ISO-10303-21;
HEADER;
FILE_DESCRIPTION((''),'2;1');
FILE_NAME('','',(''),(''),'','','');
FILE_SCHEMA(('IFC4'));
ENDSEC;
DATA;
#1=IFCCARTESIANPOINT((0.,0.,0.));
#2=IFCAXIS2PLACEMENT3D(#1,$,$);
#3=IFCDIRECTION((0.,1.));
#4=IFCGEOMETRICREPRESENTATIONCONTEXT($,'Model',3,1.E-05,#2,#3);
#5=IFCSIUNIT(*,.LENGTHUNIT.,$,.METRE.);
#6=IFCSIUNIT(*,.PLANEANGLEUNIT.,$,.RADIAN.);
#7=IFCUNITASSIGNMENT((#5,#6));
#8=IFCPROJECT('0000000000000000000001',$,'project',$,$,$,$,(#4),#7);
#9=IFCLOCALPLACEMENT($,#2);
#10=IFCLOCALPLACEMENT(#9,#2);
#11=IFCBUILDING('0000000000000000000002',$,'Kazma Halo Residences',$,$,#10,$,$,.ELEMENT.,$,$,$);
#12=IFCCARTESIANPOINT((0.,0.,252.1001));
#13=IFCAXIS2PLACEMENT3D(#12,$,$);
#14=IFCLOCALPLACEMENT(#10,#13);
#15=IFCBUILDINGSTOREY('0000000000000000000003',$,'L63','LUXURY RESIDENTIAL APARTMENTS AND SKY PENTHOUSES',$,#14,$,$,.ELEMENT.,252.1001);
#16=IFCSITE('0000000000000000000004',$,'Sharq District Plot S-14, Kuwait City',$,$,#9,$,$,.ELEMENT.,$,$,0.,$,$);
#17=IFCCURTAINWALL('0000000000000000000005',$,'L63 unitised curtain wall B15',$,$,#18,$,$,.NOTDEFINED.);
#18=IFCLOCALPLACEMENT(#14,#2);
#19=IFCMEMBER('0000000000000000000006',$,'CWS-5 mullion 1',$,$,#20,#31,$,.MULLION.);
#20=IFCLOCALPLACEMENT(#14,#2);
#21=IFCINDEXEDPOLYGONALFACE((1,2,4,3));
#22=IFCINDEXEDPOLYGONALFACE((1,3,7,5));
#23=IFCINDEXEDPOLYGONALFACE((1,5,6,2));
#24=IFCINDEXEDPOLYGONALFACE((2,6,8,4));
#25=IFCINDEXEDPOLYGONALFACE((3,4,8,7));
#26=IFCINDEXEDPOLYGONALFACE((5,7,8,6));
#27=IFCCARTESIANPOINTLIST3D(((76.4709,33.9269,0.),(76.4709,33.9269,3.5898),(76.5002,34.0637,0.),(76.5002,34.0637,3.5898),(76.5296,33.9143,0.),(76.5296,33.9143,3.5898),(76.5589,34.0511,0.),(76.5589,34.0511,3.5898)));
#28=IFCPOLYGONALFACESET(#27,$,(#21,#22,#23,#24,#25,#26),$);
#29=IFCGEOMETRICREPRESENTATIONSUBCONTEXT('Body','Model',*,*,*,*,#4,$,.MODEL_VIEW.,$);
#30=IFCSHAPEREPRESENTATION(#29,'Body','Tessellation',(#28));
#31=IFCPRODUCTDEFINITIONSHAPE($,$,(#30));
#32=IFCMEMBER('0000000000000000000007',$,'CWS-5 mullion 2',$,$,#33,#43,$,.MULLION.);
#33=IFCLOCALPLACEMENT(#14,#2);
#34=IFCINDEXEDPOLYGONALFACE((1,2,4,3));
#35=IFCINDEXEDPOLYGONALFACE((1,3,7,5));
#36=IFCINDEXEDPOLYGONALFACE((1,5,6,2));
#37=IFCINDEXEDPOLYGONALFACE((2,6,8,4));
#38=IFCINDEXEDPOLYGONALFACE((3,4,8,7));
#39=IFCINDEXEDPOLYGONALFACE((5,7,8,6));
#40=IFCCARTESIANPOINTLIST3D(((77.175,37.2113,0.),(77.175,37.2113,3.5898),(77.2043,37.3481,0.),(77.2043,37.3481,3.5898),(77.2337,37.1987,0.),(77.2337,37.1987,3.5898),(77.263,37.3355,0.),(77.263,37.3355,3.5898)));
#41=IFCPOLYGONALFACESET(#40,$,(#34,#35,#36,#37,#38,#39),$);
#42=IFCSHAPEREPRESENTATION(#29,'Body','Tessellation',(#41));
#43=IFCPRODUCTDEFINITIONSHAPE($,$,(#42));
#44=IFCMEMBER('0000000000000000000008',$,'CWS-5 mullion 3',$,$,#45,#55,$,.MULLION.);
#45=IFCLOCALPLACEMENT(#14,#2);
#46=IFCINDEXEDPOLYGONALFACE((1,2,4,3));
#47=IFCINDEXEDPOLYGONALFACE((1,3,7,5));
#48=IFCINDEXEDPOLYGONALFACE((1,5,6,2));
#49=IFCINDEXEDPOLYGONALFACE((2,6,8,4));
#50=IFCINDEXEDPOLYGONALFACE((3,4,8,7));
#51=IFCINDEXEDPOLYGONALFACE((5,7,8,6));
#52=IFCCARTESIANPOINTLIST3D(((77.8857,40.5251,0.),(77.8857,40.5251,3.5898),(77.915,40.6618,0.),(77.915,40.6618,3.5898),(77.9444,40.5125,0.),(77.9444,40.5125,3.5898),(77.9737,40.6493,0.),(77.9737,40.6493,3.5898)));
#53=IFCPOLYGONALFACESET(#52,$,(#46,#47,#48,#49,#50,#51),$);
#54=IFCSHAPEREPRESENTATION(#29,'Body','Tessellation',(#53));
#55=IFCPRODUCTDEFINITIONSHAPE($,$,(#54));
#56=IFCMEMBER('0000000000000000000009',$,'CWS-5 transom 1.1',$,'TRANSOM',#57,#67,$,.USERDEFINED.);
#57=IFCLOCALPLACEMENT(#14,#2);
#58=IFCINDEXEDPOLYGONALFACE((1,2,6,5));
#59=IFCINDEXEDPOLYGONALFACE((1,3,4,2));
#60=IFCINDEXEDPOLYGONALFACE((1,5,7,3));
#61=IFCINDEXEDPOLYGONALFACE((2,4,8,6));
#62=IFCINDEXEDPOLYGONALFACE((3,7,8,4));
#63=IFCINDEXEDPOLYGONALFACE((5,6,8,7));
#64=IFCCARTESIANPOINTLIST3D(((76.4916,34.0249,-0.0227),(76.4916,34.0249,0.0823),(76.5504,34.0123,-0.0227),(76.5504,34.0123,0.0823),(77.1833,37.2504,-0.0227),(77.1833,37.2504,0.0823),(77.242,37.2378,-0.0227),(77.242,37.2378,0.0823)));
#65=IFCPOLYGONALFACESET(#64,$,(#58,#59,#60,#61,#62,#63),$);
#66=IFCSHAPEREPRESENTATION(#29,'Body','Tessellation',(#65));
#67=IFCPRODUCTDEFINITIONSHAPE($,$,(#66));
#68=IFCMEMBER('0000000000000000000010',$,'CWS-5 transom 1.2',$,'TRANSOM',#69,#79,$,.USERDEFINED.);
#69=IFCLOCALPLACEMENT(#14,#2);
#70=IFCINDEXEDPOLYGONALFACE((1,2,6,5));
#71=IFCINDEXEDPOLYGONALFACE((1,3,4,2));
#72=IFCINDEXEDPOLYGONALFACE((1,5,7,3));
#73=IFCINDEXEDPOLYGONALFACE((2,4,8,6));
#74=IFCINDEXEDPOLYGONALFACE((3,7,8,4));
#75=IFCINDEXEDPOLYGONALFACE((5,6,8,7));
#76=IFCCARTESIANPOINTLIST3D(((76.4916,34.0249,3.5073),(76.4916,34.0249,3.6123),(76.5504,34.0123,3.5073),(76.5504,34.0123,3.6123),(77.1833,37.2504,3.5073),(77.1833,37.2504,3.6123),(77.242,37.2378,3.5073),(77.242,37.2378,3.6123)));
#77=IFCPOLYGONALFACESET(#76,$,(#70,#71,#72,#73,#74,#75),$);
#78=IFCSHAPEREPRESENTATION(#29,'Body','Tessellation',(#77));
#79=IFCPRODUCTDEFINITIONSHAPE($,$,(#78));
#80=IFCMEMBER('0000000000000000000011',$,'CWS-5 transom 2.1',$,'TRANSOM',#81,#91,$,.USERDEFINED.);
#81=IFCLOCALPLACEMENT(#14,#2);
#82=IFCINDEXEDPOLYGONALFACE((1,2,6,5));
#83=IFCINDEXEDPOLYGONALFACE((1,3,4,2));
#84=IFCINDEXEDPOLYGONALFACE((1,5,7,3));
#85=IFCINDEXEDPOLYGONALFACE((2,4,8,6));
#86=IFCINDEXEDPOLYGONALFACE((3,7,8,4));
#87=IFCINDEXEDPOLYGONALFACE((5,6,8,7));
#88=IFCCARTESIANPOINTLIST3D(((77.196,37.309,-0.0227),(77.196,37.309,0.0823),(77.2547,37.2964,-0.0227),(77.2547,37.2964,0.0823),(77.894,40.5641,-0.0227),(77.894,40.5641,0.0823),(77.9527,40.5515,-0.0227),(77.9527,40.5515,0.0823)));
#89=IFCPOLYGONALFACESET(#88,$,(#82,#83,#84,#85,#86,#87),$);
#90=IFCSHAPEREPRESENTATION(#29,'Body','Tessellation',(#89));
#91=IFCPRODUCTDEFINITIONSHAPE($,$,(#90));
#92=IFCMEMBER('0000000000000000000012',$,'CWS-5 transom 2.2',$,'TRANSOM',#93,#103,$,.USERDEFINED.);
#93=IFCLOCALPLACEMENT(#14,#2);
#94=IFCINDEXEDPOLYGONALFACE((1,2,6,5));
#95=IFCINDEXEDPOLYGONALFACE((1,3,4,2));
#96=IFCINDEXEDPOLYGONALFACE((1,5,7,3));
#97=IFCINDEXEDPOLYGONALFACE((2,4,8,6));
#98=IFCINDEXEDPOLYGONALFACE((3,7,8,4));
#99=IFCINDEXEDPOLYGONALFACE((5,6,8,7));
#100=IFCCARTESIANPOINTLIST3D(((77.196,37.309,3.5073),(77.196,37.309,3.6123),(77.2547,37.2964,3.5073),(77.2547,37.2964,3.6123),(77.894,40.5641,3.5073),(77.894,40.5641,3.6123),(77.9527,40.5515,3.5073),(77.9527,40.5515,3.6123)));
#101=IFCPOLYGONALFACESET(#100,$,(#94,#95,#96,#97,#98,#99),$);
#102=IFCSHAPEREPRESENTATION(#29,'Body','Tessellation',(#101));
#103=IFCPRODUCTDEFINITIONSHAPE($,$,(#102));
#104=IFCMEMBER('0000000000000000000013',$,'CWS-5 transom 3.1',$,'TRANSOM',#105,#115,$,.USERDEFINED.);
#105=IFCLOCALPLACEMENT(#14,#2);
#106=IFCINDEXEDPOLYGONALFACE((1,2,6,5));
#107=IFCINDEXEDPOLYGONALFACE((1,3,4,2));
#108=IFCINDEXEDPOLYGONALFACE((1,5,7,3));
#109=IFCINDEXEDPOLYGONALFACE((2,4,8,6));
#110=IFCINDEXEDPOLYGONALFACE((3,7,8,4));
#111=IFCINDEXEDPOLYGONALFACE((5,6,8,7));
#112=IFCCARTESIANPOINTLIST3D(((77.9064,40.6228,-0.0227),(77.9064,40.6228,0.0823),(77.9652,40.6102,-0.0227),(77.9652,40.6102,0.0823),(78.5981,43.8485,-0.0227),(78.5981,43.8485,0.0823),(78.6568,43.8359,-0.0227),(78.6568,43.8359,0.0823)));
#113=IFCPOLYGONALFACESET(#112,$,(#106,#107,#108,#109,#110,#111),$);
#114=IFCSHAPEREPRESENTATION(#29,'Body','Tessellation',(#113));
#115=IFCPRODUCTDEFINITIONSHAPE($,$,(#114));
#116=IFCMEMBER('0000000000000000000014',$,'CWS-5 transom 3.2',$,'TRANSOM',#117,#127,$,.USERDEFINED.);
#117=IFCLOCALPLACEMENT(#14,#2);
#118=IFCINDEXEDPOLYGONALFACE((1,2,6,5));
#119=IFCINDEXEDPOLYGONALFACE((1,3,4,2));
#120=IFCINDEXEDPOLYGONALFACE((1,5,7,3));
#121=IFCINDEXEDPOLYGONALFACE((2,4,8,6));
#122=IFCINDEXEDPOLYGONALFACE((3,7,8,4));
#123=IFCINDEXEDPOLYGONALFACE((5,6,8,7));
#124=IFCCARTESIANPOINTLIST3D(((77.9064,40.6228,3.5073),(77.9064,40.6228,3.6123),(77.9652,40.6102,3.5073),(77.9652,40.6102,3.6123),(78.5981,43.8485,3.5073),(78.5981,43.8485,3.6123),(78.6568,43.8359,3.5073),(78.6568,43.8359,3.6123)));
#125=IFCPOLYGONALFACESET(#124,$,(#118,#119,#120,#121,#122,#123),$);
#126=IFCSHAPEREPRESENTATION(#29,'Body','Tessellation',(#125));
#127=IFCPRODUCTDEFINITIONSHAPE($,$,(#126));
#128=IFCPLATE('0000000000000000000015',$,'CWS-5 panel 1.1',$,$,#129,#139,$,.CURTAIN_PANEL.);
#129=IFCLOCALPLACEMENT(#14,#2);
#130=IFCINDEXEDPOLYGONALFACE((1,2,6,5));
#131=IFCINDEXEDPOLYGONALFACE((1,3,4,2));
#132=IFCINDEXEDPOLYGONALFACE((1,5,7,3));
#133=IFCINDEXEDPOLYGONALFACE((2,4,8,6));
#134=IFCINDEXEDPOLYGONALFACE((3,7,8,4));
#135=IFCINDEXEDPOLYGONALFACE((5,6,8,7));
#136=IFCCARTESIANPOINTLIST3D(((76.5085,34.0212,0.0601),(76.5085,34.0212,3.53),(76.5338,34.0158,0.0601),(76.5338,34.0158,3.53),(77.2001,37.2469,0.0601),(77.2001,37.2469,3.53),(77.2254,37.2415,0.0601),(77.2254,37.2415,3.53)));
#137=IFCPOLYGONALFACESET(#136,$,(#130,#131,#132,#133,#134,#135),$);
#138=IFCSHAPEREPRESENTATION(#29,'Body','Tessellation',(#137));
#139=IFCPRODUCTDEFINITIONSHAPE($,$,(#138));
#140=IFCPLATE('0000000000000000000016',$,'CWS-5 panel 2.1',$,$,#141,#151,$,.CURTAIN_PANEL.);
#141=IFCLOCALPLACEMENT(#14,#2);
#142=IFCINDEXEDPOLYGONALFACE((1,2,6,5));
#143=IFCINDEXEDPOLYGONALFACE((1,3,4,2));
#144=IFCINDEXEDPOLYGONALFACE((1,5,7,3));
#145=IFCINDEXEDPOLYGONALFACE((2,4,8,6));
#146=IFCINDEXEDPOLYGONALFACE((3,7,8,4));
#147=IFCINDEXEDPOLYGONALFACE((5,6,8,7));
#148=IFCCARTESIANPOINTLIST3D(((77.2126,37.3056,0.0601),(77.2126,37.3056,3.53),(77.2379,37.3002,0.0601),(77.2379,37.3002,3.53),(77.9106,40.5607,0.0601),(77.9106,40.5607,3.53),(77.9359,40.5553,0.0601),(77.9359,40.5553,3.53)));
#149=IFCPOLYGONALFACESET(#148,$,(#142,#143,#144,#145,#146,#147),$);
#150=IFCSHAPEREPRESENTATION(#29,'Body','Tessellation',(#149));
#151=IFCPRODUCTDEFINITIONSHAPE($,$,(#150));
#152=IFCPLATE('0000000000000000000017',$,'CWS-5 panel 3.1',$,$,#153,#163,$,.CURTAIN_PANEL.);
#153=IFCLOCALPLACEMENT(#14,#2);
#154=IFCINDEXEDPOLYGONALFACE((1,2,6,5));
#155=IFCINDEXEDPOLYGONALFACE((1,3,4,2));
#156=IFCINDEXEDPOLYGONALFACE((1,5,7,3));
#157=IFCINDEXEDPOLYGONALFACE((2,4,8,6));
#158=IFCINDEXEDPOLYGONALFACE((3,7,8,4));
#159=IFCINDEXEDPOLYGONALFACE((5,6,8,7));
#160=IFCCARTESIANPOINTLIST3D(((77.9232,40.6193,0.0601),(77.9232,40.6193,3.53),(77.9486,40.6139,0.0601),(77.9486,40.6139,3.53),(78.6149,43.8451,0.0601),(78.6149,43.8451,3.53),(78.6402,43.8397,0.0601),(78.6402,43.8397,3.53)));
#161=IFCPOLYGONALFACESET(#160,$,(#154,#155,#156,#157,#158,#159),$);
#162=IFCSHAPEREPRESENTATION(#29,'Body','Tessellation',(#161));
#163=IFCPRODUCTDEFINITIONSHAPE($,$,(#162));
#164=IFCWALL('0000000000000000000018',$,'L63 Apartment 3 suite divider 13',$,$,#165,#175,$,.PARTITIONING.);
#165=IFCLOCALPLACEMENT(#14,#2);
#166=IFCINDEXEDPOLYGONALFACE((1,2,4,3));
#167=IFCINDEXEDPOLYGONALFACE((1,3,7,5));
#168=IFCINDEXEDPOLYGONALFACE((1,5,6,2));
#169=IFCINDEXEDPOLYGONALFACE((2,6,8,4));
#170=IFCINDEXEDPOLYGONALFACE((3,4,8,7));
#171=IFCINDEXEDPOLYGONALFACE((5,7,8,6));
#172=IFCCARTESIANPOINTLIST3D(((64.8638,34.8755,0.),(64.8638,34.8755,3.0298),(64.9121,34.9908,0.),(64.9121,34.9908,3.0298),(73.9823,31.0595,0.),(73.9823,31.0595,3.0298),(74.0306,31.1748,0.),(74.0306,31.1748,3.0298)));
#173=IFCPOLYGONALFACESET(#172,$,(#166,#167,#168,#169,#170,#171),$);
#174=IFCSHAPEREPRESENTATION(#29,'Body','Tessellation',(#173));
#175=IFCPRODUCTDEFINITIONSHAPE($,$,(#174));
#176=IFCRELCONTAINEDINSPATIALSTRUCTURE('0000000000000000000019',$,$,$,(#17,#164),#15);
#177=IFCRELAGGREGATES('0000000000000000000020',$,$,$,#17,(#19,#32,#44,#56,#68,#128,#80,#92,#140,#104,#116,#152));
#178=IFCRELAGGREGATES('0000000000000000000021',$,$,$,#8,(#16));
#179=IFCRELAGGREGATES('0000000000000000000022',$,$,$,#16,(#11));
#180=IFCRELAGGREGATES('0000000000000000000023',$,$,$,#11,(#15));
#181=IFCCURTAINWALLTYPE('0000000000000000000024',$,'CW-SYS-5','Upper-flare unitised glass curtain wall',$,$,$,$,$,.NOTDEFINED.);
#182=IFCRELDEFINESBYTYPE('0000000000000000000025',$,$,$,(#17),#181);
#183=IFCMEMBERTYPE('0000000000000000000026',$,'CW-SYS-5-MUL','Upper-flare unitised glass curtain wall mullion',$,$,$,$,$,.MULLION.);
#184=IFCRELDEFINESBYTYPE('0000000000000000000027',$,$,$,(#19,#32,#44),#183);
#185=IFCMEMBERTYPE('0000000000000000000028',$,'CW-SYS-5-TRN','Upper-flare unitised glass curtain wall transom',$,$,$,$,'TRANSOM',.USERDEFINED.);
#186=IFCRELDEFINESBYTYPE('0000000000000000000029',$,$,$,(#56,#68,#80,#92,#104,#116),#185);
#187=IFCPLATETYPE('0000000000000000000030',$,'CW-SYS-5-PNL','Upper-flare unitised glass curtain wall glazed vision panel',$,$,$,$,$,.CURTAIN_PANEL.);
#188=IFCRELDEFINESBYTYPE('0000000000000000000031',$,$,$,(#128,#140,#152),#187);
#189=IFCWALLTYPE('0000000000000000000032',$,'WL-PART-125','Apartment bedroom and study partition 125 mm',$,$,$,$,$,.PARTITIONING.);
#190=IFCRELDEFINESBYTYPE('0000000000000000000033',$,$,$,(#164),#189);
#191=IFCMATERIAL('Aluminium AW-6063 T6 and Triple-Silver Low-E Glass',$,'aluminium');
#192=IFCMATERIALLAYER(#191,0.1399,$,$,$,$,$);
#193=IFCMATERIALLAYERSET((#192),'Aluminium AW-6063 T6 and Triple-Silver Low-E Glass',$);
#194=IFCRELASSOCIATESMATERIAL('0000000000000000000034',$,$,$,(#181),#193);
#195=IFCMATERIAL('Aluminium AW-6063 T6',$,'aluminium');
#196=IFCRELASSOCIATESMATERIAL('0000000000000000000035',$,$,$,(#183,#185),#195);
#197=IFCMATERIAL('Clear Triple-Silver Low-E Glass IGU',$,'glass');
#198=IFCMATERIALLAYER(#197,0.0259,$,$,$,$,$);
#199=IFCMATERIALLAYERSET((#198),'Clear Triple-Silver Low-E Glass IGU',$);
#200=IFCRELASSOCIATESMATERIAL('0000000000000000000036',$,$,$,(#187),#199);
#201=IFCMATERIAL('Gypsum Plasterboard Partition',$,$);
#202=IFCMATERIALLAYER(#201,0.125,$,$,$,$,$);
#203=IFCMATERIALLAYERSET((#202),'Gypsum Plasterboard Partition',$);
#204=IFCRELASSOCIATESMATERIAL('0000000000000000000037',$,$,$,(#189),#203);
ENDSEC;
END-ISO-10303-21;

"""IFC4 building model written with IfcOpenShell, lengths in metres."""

from ifc_helpers import new_model, si_unit, direction, frame, frame_2d, origin, origin_2d, place, context, subcontext, project, spatial, rectangle, extrude, material, layer, layer_set, material_profile, profile_set, type_object, element, aggregate, save


model = new_model("IFC4")

# Units and contexts
model_context = context("Model", 3, precision=1e-05, world=origin(), true_north=direction((0.0, 1.0)))
body_context = subcontext(model_context, "Body", "Model", "MODEL_VIEW")
ifc_project = project(units=[si_unit("LENGTHUNIT", "METRE"), si_unit("PLANEANGLEUNIT", "RADIAN")], contexts=[model_context])

# Site, building, storey
site_placement = place(None, origin())
site = spatial("IfcSite", under=ifc_project, at=site_placement, Name="Sharq District Plot S-14, Kuwait City", CompositionType="ELEMENT", RefElevation=0.0)
building_placement = place(site_placement, origin())
building = spatial("IfcBuilding", under=site, at=building_placement, Name="Kazma Halo Residences", CompositionType="ELEMENT")
storey_placement = place(building_placement, frame((0.0, 0.0, 252.1001)))
storey = spatial("IfcBuildingStorey", under=building, at=storey_placement, Name="L63", Description="LUXURY RESIDENTIAL APARTMENTS AND SKY PENTHOUSES", CompositionType="ELEMENT", Elevation=252.1001)

# Curtain wall, members, plates
ifc_material_1 = material(Name="Aluminium AW-6063 T6 and Triple-Silver Low-E Glass", Category="aluminium")
ifc_layer_1 = layer(ifc_material_1, 0.1399)
ifc_layer_set_1 = layer_set([ifc_layer_1], Name="Aluminium AW-6063 T6 and Triple-Silver Low-E Glass")
curtain_wall_type = type_object("IfcCurtainWallType", Name="CW-SYS-5", Description="Upper-flare unitised glass curtain wall", PredefinedType="NOTDEFINED", material=ifc_layer_set_1)
curtain_wall_placement = place(storey_placement, origin())
curtain_wall = element("IfcCurtainWall", 1, at=curtain_wall_placement, inside=storey, type_object=curtain_wall_type, Name="L63 unitised curtain wall B15", PredefinedType="NOTDEFINED")
ifc_material_2 = material(Name="Aluminium AW-6063 T6", Category="aluminium")
ifc_material_profile_1 = material_profile(ifc_material_2, rectangle(XDim=0.0601, YDim=0.1399, at=origin_2d()), Name="CWM-60x140")
ifc_profile_set_1 = profile_set([ifc_material_profile_1], Name="Aluminium AW-6063 T6")
member_type_1 = type_object("IfcMemberType", Name="CW-SYS-5-MUL", Description="Upper-flare unitised glass curtain wall mullion", PredefinedType="MULLION", material=ifc_profile_set_1)
member_1_placement = place(storey_placement, frame((76.5149, 33.989, 0.0), z_axis=(0.0, 0.0, 1.0), x_axis=(-0.977775, 0.209657, 0.0)))
member_1 = element("IfcMember", 2, at=member_1_placement, type_object=member_type_1, Name="CWS-5 mullion 1", PredefinedType="MULLION", context=body_context, shape_type="SweptSolid", body=[
    extrude(rectangle(XDim=0.0601, YDim=0.1399, at=origin_2d()), origin(), (0.0, 0.0, 1.0), 3.5898),
])
member_2_placement = place(storey_placement, frame((77.219, 37.2734, 0.0), z_axis=(0.0, 0.0, 1.0), x_axis=(-0.977775, 0.209657, 0.0)))
member_2 = element("IfcMember", 3, at=member_2_placement, type_object=member_type_1, Name="CWS-5 mullion 2", PredefinedType="MULLION", context=body_context, shape_type="SweptSolid", body=[
    extrude(rectangle(XDim=0.0601, YDim=0.1399, at=origin_2d()), origin(), (0.0, 0.0, 1.0), 3.5898),
])
member_3_placement = place(storey_placement, frame((77.9297, 40.5872, 0.0), z_axis=(0.0, 0.0, 1.0), x_axis=(-0.977775, 0.209657, 0.0)))
member_3 = element("IfcMember", 4, at=member_3_placement, type_object=member_type_1, Name="CWS-5 mullion 3", PredefinedType="MULLION", context=body_context, shape_type="SweptSolid", body=[
    extrude(rectangle(XDim=0.0601, YDim=0.1399, at=origin_2d()), origin(), (0.0, 0.0, 1.0), 3.5898),
])
ifc_material_profile_2 = material_profile(ifc_material_2, rectangle(XDim=0.0601, YDim=0.105, at=origin_2d()), Name="CWT-60x105")
ifc_profile_set_2 = profile_set([ifc_material_profile_2], Name="Aluminium AW-6063 T6")
member_type_2 = type_object("IfcMemberType", Name="CW-SYS-5-TRN", Description="Upper-flare unitised glass curtain wall transom", ElementType="TRANSOM", PredefinedType="USERDEFINED", material=ifc_profile_set_2)
member_4_placement = place(storey_placement, frame((76.521, 34.0186, 0.0298), z_axis=(0.20966, 0.977774, 0.0), x_axis=(-0.977774, 0.20966, 0.0)))
member_4 = element("IfcMember", 5, at=member_4_placement, type_object=member_type_2, Name="CWS-5 transom 1.1", ObjectType="TRANSOM", PredefinedType="USERDEFINED", context=body_context, shape_type="SweptSolid", body=[
    extrude(rectangle(XDim=0.0601, YDim=0.105, at=origin_2d()), origin(), (0.0, 0.0, 1.0), 3.2988),
])
member_5_placement = place(storey_placement, frame((76.521, 34.0186, 3.5598), z_axis=(0.20966, 0.977774, 0.0), x_axis=(-0.977774, 0.20966, 0.0)))
member_5 = element("IfcMember", 6, at=member_5_placement, type_object=member_type_2, Name="CWS-5 transom 1.2", ObjectType="TRANSOM", PredefinedType="USERDEFINED", context=body_context, shape_type="SweptSolid", body=[
    extrude(rectangle(XDim=0.0601, YDim=0.105, at=origin_2d()), origin(), (0.0, 0.0, 1.0), 3.2988),
])
member_6_placement = place(storey_placement, frame((77.2253, 37.3027, 0.0298), z_axis=(0.209664, 0.977773, 0.0), x_axis=(-0.977773, 0.209664, 0.0)))
member_6 = element("IfcMember", 7, at=member_6_placement, type_object=member_type_2, Name="CWS-5 transom 2.1", ObjectType="TRANSOM", PredefinedType="USERDEFINED", context=body_context, shape_type="SweptSolid", body=[
    extrude(rectangle(XDim=0.0601, YDim=0.105, at=origin_2d()), origin(), (0.0, 0.0, 1.0), 3.3291),
])
member_7_placement = place(storey_placement, frame((77.2253, 37.3027, 3.5598), z_axis=(0.209664, 0.977773, 0.0), x_axis=(-0.977773, 0.209664, 0.0)))
member_7 = element("IfcMember", 8, at=member_7_placement, type_object=member_type_2, Name="CWS-5 transom 2.2", ObjectType="TRANSOM", PredefinedType="USERDEFINED", context=body_context, shape_type="SweptSolid", body=[
    extrude(rectangle(XDim=0.0601, YDim=0.105, at=origin_2d()), origin(), (0.0, 0.0, 1.0), 3.3291),
])
member_8_placement = place(storey_placement, frame((77.9358, 40.6165, 0.0298), z_axis=(0.209645, 0.977777, 0.0), x_axis=(-0.977777, 0.209645, 0.0)))
member_8 = element("IfcMember", 9, at=member_8_placement, type_object=member_type_2, Name="CWS-5 transom 3.1", ObjectType="TRANSOM", PredefinedType="USERDEFINED", context=body_context, shape_type="SweptSolid", body=[
    extrude(rectangle(XDim=0.0601, YDim=0.105, at=origin_2d()), origin(), (0.0, 0.0, 1.0), 3.2991),
])
member_9_placement = place(storey_placement, frame((77.9358, 40.6165, 3.5598), z_axis=(0.209645, 0.977777, 0.0), x_axis=(-0.977777, 0.209645, 0.0)))
member_9 = element("IfcMember", 10, at=member_9_placement, type_object=member_type_2, Name="CWS-5 transom 3.2", ObjectType="TRANSOM", PredefinedType="USERDEFINED", context=body_context, shape_type="SweptSolid", body=[
    extrude(rectangle(XDim=0.0601, YDim=0.105, at=origin_2d()), origin(), (0.0, 0.0, 1.0), 3.2991),
])
ifc_material_3 = material(Name="Clear Triple-Silver Low-E Glass IGU", Category="glass")
ifc_layer_2 = layer(ifc_material_3, 0.0259)
ifc_layer_set_2 = layer_set([ifc_layer_2], Name="Clear Triple-Silver Low-E Glass IGU")
plate_type = type_object("IfcPlateType", Name="CW-SYS-5-PNL", Description="Upper-flare unitised glass curtain wall glazed vision panel", PredefinedType="CURTAIN_PANEL", material=ifc_layer_set_2)
plate_1_placement = place(storey_placement, frame((76.8669, 35.6313, 0.0601), z_axis=(0.0, 0.0, 1.0), x_axis=(0.209657, 0.977775, 0.0)))
plate_1 = element("IfcPlate", 11, at=plate_1_placement, type_object=plate_type, Name="CWS-5 panel 1.1", PredefinedType="CURTAIN_PANEL", context=body_context, shape_type="SweptSolid", body=[
    extrude(rectangle(XDim=3.2991, YDim=0.0259, at=origin_2d()), origin(), (0.0, 0.0, 1.0), 3.47),
])
plate_2_placement = place(storey_placement, frame((77.5742, 38.9304, 0.0601), z_axis=(0.0, 0.0, 1.0), x_axis=(0.209657, 0.977775, 0.0)))
plate_2 = element("IfcPlate", 12, at=plate_2_placement, type_object=plate_type, Name="CWS-5 panel 2.1", PredefinedType="CURTAIN_PANEL", context=body_context, shape_type="SweptSolid", body=[
    extrude(rectangle(XDim=3.3291, YDim=0.0259, at=origin_2d()), origin(), (0.0, 0.0, 1.0), 3.47),
])
plate_3_placement = place(storey_placement, frame((78.2817, 42.2295, 0.0601), z_axis=(0.0, 0.0, 1.0), x_axis=(0.209657, 0.977775, 0.0)))
plate_3 = element("IfcPlate", 13, at=plate_3_placement, type_object=plate_type, Name="CWS-5 panel 3.1", PredefinedType="CURTAIN_PANEL", context=body_context, shape_type="SweptSolid", body=[
    extrude(rectangle(XDim=3.2991, YDim=0.0259, at=origin_2d()), origin(), (0.0, 0.0, 1.0), 3.47),
])
aggregate(curtain_wall, [member_1, member_2, member_3, member_4, member_5, plate_1, member_6, member_7, plate_2, member_8, member_9, plate_3])

# Wall
ifc_material_4 = material(Name="Gypsum Plasterboard Partition")
ifc_layer_3 = layer(ifc_material_4, 0.125)
ifc_layer_set_3 = layer_set([ifc_layer_3], Name="Gypsum Plasterboard Partition")
wall_type_1 = type_object("IfcWallType", Name="WL-PART-125", Description="Apartment bedroom and study partition 125 mm", PredefinedType="PARTITIONING", material=ifc_layer_set_3)
wall_1_placement = place(storey_placement, frame((64.8879, 34.9331, 0.0), z_axis=(0.0, 0.0, 1.0), x_axis=(0.92248, -0.386044, 0.0)))
element("IfcWall", 14, at=wall_1_placement, inside=storey, type_object=wall_type_1, Name="L63 Apartment 3 suite divider 13", PredefinedType="PARTITIONING", context=body_context, shape_type="SweptSolid", body=[
    extrude(rectangle(XDim=9.8848, YDim=0.125, at=frame_2d((4.9424, 0.0))), origin(), (0.0, 0.0, 1.0), 3.0298),
])

save(model, "model.ifc")
